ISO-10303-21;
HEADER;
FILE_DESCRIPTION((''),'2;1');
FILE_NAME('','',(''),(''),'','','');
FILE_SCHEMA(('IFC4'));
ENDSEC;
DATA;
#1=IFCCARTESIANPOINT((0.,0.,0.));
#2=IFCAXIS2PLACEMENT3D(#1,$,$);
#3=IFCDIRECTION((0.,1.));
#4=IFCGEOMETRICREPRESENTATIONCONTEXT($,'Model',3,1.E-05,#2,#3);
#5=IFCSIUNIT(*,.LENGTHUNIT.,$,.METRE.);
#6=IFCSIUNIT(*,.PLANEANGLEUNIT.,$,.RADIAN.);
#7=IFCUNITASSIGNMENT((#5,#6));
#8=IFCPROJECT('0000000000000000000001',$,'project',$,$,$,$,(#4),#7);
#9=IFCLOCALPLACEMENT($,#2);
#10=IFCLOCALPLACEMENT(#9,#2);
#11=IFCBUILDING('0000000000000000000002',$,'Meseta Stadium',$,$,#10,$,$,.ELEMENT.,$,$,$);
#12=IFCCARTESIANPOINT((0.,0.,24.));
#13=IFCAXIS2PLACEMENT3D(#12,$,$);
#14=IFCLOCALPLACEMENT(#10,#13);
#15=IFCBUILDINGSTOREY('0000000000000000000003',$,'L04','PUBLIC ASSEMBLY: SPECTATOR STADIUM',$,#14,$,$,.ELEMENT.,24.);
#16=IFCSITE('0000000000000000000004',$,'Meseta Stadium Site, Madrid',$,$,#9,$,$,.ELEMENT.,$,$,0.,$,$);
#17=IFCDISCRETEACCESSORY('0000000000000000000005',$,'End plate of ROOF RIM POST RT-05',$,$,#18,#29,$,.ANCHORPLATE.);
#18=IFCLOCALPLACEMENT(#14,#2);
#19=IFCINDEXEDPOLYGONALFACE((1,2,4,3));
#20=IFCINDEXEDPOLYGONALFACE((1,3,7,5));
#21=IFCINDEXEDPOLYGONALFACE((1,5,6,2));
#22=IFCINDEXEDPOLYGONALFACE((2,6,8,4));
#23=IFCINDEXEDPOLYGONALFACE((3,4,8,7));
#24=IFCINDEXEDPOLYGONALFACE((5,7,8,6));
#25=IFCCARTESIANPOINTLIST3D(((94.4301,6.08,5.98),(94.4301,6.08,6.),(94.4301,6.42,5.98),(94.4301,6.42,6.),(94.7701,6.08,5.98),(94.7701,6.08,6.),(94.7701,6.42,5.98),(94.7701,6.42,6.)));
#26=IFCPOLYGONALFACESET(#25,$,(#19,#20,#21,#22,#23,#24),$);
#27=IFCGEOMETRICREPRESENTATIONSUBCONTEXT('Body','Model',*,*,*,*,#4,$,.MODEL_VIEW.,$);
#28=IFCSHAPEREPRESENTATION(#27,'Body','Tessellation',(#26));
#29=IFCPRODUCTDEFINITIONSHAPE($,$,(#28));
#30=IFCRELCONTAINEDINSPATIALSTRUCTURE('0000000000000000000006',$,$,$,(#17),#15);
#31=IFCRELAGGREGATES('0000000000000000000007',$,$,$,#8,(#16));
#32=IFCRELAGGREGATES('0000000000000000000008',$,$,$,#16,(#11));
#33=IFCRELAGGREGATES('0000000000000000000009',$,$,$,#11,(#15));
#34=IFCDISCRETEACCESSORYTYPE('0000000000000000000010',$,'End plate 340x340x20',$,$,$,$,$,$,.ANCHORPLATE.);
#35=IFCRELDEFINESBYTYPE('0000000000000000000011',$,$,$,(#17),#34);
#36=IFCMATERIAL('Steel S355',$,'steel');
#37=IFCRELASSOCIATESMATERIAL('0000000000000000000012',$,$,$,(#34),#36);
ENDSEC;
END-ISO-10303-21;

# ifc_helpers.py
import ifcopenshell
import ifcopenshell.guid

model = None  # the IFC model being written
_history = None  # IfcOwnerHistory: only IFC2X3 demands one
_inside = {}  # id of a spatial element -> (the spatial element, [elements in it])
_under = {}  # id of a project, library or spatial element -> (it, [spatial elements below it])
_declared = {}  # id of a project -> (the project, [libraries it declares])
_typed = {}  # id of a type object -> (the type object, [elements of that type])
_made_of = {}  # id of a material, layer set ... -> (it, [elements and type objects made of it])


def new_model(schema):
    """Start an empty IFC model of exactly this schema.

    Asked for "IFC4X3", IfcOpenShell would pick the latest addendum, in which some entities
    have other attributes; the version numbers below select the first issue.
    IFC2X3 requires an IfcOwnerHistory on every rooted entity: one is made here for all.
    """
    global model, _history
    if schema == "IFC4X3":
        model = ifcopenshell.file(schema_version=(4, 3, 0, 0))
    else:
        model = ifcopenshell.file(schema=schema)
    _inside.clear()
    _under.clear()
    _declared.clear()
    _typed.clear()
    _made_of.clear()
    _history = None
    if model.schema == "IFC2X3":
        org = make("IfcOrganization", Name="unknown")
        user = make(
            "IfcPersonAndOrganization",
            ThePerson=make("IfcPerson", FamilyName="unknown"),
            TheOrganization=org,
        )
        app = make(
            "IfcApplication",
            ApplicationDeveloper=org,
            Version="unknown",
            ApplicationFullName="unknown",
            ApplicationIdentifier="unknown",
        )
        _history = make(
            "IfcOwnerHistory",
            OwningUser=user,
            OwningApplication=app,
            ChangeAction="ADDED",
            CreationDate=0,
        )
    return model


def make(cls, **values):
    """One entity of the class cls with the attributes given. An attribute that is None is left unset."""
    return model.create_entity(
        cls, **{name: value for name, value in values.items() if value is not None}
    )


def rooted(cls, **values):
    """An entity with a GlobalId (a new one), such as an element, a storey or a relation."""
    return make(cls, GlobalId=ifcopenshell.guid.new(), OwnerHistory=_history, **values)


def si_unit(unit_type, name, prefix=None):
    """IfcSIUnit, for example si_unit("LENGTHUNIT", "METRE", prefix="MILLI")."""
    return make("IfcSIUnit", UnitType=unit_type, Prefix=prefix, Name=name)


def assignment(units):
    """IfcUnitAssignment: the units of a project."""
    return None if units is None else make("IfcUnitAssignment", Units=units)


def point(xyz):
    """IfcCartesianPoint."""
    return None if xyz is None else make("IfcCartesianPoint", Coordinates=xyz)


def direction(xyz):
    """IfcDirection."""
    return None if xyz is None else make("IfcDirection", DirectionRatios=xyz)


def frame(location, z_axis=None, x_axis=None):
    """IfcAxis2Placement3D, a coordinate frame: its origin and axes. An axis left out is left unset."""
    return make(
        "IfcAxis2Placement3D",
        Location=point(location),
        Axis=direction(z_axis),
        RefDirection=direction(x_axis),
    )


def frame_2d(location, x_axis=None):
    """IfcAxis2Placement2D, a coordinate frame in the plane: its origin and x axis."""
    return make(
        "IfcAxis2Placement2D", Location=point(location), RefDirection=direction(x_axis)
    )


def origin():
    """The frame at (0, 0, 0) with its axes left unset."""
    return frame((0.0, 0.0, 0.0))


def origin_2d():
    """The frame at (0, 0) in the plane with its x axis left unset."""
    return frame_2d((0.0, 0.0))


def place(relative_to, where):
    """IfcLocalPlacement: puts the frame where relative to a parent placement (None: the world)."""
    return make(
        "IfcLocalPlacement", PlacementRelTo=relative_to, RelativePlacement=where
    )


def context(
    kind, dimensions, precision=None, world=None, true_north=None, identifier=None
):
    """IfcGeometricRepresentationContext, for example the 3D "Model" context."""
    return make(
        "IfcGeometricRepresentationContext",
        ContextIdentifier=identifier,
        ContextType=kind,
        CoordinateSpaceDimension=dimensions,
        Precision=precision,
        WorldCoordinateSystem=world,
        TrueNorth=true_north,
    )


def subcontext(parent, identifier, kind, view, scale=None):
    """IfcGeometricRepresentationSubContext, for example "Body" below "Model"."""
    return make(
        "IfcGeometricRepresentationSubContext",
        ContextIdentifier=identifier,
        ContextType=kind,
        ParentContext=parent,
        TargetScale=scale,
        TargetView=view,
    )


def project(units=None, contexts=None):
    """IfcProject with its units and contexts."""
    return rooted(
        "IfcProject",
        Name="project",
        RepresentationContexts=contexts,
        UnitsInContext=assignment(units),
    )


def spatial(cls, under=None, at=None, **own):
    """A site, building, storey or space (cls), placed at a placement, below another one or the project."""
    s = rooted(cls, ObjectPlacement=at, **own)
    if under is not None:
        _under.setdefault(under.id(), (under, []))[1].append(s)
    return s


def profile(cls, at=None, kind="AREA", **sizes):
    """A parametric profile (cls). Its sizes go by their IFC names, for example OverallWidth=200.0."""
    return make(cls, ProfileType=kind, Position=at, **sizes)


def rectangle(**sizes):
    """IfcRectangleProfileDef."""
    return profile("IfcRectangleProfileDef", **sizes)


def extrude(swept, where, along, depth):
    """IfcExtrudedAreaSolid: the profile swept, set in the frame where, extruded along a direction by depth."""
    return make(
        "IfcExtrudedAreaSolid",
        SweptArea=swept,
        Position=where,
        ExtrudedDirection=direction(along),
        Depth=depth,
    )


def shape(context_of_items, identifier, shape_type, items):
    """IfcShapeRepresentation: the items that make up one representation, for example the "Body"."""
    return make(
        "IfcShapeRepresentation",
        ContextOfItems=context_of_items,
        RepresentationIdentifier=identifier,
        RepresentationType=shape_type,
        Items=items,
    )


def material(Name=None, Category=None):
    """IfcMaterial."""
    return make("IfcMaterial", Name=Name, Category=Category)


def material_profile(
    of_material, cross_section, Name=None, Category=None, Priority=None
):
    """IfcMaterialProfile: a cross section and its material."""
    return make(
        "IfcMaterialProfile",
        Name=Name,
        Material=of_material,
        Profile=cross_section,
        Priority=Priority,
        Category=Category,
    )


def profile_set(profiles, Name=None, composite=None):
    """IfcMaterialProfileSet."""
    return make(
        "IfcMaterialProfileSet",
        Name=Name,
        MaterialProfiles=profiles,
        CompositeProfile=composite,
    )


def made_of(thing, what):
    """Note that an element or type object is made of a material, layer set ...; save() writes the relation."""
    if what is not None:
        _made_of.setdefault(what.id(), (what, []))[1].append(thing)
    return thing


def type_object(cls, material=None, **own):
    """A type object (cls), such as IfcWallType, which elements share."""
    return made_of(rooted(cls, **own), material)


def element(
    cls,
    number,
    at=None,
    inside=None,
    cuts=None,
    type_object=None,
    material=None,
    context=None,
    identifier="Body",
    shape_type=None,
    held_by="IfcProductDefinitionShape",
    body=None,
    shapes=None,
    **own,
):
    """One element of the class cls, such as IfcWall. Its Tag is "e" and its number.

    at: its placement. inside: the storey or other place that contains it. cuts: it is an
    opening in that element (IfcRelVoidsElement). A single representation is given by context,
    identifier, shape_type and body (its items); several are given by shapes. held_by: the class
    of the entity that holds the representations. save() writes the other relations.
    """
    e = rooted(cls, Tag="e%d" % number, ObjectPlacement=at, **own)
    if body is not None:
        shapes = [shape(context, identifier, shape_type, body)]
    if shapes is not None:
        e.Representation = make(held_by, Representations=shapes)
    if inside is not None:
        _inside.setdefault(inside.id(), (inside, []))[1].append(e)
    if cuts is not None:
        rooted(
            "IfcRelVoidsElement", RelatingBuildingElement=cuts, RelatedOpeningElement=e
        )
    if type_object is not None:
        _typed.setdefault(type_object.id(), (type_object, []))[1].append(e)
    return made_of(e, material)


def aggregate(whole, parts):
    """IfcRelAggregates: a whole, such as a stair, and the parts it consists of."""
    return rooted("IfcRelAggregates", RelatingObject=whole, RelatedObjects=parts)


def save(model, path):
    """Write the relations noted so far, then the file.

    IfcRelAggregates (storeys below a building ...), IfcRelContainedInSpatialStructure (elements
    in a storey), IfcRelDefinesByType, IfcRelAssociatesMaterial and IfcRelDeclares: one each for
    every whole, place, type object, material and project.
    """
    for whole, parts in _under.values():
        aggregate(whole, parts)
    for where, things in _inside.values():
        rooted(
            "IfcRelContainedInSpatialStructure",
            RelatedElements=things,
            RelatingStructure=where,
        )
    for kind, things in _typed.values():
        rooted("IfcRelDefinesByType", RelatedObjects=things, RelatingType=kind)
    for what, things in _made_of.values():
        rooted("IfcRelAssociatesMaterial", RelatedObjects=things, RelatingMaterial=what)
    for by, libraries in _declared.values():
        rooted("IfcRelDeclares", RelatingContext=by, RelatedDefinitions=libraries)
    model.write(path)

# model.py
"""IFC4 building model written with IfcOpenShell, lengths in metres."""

from ifc_helpers import new_model, si_unit, direction, frame, origin, origin_2d, place, context, subcontext, project, spatial, rectangle, extrude, material, material_profile, profile_set, type_object, element, save


model = new_model("IFC4")

# Units and contexts
model_context = context("Model", 3, precision=1e-05, world=origin(), true_north=direction((0.0, 1.0)))
body_context = subcontext(model_context, "Body", "Model", "MODEL_VIEW")
ifc_project = project(units=[si_unit("LENGTHUNIT", "METRE"), si_unit("PLANEANGLEUNIT", "RADIAN")], contexts=[model_context])

# Site, building, storey
site_placement = place(None, origin())
site = spatial("IfcSite", under=ifc_project, at=site_placement, Name="Meseta Stadium Site, Madrid", CompositionType="ELEMENT", RefElevation=0.0)
building_placement = place(site_placement, origin())
building = spatial("IfcBuilding", under=site, at=building_placement, Name="Meseta Stadium", CompositionType="ELEMENT")
storey_placement = place(building_placement, frame((0.0, 0.0, 24.0)))
storey = spatial("IfcBuildingStorey", under=building, at=storey_placement, Name="L04", Description="PUBLIC ASSEMBLY: SPECTATOR STADIUM", CompositionType="ELEMENT", Elevation=24.0)

# Discrete accessory
ifc_material_1 = material(Name="Steel S355", Category="steel")
ifc_material_profile_1 = material_profile(ifc_material_1, rectangle(XDim=0.3401, YDim=0.3401, at=origin_2d()), Name="PL 340x340")
ifc_profile_set_1 = profile_set([ifc_material_profile_1], Name="Steel S355")
discrete_accessory_type = type_object("IfcDiscreteAccessoryType", Name="End plate 340x340x20", PredefinedType="ANCHORPLATE", material=ifc_profile_set_1)
discrete_accessory_placement = place(storey_placement, frame((94.6001, 6.25, 5.98), z_axis=(0.0, 0.0, 1.0), x_axis=(1.0, 0.0, 0.0)))
element("IfcDiscreteAccessory", 1, at=discrete_accessory_placement, inside=storey, type_object=discrete_accessory_type, Name="End plate of ROOF RIM POST RT-05", PredefinedType="ANCHORPLATE", context=body_context, shape_type="SweptSolid", body=[
    extrude(rectangle(XDim=0.3401, YDim=0.3401, at=origin_2d()), origin(), (0.0, 0.0, 1.0), 0.02),
])

save(model, "model.ifc")
